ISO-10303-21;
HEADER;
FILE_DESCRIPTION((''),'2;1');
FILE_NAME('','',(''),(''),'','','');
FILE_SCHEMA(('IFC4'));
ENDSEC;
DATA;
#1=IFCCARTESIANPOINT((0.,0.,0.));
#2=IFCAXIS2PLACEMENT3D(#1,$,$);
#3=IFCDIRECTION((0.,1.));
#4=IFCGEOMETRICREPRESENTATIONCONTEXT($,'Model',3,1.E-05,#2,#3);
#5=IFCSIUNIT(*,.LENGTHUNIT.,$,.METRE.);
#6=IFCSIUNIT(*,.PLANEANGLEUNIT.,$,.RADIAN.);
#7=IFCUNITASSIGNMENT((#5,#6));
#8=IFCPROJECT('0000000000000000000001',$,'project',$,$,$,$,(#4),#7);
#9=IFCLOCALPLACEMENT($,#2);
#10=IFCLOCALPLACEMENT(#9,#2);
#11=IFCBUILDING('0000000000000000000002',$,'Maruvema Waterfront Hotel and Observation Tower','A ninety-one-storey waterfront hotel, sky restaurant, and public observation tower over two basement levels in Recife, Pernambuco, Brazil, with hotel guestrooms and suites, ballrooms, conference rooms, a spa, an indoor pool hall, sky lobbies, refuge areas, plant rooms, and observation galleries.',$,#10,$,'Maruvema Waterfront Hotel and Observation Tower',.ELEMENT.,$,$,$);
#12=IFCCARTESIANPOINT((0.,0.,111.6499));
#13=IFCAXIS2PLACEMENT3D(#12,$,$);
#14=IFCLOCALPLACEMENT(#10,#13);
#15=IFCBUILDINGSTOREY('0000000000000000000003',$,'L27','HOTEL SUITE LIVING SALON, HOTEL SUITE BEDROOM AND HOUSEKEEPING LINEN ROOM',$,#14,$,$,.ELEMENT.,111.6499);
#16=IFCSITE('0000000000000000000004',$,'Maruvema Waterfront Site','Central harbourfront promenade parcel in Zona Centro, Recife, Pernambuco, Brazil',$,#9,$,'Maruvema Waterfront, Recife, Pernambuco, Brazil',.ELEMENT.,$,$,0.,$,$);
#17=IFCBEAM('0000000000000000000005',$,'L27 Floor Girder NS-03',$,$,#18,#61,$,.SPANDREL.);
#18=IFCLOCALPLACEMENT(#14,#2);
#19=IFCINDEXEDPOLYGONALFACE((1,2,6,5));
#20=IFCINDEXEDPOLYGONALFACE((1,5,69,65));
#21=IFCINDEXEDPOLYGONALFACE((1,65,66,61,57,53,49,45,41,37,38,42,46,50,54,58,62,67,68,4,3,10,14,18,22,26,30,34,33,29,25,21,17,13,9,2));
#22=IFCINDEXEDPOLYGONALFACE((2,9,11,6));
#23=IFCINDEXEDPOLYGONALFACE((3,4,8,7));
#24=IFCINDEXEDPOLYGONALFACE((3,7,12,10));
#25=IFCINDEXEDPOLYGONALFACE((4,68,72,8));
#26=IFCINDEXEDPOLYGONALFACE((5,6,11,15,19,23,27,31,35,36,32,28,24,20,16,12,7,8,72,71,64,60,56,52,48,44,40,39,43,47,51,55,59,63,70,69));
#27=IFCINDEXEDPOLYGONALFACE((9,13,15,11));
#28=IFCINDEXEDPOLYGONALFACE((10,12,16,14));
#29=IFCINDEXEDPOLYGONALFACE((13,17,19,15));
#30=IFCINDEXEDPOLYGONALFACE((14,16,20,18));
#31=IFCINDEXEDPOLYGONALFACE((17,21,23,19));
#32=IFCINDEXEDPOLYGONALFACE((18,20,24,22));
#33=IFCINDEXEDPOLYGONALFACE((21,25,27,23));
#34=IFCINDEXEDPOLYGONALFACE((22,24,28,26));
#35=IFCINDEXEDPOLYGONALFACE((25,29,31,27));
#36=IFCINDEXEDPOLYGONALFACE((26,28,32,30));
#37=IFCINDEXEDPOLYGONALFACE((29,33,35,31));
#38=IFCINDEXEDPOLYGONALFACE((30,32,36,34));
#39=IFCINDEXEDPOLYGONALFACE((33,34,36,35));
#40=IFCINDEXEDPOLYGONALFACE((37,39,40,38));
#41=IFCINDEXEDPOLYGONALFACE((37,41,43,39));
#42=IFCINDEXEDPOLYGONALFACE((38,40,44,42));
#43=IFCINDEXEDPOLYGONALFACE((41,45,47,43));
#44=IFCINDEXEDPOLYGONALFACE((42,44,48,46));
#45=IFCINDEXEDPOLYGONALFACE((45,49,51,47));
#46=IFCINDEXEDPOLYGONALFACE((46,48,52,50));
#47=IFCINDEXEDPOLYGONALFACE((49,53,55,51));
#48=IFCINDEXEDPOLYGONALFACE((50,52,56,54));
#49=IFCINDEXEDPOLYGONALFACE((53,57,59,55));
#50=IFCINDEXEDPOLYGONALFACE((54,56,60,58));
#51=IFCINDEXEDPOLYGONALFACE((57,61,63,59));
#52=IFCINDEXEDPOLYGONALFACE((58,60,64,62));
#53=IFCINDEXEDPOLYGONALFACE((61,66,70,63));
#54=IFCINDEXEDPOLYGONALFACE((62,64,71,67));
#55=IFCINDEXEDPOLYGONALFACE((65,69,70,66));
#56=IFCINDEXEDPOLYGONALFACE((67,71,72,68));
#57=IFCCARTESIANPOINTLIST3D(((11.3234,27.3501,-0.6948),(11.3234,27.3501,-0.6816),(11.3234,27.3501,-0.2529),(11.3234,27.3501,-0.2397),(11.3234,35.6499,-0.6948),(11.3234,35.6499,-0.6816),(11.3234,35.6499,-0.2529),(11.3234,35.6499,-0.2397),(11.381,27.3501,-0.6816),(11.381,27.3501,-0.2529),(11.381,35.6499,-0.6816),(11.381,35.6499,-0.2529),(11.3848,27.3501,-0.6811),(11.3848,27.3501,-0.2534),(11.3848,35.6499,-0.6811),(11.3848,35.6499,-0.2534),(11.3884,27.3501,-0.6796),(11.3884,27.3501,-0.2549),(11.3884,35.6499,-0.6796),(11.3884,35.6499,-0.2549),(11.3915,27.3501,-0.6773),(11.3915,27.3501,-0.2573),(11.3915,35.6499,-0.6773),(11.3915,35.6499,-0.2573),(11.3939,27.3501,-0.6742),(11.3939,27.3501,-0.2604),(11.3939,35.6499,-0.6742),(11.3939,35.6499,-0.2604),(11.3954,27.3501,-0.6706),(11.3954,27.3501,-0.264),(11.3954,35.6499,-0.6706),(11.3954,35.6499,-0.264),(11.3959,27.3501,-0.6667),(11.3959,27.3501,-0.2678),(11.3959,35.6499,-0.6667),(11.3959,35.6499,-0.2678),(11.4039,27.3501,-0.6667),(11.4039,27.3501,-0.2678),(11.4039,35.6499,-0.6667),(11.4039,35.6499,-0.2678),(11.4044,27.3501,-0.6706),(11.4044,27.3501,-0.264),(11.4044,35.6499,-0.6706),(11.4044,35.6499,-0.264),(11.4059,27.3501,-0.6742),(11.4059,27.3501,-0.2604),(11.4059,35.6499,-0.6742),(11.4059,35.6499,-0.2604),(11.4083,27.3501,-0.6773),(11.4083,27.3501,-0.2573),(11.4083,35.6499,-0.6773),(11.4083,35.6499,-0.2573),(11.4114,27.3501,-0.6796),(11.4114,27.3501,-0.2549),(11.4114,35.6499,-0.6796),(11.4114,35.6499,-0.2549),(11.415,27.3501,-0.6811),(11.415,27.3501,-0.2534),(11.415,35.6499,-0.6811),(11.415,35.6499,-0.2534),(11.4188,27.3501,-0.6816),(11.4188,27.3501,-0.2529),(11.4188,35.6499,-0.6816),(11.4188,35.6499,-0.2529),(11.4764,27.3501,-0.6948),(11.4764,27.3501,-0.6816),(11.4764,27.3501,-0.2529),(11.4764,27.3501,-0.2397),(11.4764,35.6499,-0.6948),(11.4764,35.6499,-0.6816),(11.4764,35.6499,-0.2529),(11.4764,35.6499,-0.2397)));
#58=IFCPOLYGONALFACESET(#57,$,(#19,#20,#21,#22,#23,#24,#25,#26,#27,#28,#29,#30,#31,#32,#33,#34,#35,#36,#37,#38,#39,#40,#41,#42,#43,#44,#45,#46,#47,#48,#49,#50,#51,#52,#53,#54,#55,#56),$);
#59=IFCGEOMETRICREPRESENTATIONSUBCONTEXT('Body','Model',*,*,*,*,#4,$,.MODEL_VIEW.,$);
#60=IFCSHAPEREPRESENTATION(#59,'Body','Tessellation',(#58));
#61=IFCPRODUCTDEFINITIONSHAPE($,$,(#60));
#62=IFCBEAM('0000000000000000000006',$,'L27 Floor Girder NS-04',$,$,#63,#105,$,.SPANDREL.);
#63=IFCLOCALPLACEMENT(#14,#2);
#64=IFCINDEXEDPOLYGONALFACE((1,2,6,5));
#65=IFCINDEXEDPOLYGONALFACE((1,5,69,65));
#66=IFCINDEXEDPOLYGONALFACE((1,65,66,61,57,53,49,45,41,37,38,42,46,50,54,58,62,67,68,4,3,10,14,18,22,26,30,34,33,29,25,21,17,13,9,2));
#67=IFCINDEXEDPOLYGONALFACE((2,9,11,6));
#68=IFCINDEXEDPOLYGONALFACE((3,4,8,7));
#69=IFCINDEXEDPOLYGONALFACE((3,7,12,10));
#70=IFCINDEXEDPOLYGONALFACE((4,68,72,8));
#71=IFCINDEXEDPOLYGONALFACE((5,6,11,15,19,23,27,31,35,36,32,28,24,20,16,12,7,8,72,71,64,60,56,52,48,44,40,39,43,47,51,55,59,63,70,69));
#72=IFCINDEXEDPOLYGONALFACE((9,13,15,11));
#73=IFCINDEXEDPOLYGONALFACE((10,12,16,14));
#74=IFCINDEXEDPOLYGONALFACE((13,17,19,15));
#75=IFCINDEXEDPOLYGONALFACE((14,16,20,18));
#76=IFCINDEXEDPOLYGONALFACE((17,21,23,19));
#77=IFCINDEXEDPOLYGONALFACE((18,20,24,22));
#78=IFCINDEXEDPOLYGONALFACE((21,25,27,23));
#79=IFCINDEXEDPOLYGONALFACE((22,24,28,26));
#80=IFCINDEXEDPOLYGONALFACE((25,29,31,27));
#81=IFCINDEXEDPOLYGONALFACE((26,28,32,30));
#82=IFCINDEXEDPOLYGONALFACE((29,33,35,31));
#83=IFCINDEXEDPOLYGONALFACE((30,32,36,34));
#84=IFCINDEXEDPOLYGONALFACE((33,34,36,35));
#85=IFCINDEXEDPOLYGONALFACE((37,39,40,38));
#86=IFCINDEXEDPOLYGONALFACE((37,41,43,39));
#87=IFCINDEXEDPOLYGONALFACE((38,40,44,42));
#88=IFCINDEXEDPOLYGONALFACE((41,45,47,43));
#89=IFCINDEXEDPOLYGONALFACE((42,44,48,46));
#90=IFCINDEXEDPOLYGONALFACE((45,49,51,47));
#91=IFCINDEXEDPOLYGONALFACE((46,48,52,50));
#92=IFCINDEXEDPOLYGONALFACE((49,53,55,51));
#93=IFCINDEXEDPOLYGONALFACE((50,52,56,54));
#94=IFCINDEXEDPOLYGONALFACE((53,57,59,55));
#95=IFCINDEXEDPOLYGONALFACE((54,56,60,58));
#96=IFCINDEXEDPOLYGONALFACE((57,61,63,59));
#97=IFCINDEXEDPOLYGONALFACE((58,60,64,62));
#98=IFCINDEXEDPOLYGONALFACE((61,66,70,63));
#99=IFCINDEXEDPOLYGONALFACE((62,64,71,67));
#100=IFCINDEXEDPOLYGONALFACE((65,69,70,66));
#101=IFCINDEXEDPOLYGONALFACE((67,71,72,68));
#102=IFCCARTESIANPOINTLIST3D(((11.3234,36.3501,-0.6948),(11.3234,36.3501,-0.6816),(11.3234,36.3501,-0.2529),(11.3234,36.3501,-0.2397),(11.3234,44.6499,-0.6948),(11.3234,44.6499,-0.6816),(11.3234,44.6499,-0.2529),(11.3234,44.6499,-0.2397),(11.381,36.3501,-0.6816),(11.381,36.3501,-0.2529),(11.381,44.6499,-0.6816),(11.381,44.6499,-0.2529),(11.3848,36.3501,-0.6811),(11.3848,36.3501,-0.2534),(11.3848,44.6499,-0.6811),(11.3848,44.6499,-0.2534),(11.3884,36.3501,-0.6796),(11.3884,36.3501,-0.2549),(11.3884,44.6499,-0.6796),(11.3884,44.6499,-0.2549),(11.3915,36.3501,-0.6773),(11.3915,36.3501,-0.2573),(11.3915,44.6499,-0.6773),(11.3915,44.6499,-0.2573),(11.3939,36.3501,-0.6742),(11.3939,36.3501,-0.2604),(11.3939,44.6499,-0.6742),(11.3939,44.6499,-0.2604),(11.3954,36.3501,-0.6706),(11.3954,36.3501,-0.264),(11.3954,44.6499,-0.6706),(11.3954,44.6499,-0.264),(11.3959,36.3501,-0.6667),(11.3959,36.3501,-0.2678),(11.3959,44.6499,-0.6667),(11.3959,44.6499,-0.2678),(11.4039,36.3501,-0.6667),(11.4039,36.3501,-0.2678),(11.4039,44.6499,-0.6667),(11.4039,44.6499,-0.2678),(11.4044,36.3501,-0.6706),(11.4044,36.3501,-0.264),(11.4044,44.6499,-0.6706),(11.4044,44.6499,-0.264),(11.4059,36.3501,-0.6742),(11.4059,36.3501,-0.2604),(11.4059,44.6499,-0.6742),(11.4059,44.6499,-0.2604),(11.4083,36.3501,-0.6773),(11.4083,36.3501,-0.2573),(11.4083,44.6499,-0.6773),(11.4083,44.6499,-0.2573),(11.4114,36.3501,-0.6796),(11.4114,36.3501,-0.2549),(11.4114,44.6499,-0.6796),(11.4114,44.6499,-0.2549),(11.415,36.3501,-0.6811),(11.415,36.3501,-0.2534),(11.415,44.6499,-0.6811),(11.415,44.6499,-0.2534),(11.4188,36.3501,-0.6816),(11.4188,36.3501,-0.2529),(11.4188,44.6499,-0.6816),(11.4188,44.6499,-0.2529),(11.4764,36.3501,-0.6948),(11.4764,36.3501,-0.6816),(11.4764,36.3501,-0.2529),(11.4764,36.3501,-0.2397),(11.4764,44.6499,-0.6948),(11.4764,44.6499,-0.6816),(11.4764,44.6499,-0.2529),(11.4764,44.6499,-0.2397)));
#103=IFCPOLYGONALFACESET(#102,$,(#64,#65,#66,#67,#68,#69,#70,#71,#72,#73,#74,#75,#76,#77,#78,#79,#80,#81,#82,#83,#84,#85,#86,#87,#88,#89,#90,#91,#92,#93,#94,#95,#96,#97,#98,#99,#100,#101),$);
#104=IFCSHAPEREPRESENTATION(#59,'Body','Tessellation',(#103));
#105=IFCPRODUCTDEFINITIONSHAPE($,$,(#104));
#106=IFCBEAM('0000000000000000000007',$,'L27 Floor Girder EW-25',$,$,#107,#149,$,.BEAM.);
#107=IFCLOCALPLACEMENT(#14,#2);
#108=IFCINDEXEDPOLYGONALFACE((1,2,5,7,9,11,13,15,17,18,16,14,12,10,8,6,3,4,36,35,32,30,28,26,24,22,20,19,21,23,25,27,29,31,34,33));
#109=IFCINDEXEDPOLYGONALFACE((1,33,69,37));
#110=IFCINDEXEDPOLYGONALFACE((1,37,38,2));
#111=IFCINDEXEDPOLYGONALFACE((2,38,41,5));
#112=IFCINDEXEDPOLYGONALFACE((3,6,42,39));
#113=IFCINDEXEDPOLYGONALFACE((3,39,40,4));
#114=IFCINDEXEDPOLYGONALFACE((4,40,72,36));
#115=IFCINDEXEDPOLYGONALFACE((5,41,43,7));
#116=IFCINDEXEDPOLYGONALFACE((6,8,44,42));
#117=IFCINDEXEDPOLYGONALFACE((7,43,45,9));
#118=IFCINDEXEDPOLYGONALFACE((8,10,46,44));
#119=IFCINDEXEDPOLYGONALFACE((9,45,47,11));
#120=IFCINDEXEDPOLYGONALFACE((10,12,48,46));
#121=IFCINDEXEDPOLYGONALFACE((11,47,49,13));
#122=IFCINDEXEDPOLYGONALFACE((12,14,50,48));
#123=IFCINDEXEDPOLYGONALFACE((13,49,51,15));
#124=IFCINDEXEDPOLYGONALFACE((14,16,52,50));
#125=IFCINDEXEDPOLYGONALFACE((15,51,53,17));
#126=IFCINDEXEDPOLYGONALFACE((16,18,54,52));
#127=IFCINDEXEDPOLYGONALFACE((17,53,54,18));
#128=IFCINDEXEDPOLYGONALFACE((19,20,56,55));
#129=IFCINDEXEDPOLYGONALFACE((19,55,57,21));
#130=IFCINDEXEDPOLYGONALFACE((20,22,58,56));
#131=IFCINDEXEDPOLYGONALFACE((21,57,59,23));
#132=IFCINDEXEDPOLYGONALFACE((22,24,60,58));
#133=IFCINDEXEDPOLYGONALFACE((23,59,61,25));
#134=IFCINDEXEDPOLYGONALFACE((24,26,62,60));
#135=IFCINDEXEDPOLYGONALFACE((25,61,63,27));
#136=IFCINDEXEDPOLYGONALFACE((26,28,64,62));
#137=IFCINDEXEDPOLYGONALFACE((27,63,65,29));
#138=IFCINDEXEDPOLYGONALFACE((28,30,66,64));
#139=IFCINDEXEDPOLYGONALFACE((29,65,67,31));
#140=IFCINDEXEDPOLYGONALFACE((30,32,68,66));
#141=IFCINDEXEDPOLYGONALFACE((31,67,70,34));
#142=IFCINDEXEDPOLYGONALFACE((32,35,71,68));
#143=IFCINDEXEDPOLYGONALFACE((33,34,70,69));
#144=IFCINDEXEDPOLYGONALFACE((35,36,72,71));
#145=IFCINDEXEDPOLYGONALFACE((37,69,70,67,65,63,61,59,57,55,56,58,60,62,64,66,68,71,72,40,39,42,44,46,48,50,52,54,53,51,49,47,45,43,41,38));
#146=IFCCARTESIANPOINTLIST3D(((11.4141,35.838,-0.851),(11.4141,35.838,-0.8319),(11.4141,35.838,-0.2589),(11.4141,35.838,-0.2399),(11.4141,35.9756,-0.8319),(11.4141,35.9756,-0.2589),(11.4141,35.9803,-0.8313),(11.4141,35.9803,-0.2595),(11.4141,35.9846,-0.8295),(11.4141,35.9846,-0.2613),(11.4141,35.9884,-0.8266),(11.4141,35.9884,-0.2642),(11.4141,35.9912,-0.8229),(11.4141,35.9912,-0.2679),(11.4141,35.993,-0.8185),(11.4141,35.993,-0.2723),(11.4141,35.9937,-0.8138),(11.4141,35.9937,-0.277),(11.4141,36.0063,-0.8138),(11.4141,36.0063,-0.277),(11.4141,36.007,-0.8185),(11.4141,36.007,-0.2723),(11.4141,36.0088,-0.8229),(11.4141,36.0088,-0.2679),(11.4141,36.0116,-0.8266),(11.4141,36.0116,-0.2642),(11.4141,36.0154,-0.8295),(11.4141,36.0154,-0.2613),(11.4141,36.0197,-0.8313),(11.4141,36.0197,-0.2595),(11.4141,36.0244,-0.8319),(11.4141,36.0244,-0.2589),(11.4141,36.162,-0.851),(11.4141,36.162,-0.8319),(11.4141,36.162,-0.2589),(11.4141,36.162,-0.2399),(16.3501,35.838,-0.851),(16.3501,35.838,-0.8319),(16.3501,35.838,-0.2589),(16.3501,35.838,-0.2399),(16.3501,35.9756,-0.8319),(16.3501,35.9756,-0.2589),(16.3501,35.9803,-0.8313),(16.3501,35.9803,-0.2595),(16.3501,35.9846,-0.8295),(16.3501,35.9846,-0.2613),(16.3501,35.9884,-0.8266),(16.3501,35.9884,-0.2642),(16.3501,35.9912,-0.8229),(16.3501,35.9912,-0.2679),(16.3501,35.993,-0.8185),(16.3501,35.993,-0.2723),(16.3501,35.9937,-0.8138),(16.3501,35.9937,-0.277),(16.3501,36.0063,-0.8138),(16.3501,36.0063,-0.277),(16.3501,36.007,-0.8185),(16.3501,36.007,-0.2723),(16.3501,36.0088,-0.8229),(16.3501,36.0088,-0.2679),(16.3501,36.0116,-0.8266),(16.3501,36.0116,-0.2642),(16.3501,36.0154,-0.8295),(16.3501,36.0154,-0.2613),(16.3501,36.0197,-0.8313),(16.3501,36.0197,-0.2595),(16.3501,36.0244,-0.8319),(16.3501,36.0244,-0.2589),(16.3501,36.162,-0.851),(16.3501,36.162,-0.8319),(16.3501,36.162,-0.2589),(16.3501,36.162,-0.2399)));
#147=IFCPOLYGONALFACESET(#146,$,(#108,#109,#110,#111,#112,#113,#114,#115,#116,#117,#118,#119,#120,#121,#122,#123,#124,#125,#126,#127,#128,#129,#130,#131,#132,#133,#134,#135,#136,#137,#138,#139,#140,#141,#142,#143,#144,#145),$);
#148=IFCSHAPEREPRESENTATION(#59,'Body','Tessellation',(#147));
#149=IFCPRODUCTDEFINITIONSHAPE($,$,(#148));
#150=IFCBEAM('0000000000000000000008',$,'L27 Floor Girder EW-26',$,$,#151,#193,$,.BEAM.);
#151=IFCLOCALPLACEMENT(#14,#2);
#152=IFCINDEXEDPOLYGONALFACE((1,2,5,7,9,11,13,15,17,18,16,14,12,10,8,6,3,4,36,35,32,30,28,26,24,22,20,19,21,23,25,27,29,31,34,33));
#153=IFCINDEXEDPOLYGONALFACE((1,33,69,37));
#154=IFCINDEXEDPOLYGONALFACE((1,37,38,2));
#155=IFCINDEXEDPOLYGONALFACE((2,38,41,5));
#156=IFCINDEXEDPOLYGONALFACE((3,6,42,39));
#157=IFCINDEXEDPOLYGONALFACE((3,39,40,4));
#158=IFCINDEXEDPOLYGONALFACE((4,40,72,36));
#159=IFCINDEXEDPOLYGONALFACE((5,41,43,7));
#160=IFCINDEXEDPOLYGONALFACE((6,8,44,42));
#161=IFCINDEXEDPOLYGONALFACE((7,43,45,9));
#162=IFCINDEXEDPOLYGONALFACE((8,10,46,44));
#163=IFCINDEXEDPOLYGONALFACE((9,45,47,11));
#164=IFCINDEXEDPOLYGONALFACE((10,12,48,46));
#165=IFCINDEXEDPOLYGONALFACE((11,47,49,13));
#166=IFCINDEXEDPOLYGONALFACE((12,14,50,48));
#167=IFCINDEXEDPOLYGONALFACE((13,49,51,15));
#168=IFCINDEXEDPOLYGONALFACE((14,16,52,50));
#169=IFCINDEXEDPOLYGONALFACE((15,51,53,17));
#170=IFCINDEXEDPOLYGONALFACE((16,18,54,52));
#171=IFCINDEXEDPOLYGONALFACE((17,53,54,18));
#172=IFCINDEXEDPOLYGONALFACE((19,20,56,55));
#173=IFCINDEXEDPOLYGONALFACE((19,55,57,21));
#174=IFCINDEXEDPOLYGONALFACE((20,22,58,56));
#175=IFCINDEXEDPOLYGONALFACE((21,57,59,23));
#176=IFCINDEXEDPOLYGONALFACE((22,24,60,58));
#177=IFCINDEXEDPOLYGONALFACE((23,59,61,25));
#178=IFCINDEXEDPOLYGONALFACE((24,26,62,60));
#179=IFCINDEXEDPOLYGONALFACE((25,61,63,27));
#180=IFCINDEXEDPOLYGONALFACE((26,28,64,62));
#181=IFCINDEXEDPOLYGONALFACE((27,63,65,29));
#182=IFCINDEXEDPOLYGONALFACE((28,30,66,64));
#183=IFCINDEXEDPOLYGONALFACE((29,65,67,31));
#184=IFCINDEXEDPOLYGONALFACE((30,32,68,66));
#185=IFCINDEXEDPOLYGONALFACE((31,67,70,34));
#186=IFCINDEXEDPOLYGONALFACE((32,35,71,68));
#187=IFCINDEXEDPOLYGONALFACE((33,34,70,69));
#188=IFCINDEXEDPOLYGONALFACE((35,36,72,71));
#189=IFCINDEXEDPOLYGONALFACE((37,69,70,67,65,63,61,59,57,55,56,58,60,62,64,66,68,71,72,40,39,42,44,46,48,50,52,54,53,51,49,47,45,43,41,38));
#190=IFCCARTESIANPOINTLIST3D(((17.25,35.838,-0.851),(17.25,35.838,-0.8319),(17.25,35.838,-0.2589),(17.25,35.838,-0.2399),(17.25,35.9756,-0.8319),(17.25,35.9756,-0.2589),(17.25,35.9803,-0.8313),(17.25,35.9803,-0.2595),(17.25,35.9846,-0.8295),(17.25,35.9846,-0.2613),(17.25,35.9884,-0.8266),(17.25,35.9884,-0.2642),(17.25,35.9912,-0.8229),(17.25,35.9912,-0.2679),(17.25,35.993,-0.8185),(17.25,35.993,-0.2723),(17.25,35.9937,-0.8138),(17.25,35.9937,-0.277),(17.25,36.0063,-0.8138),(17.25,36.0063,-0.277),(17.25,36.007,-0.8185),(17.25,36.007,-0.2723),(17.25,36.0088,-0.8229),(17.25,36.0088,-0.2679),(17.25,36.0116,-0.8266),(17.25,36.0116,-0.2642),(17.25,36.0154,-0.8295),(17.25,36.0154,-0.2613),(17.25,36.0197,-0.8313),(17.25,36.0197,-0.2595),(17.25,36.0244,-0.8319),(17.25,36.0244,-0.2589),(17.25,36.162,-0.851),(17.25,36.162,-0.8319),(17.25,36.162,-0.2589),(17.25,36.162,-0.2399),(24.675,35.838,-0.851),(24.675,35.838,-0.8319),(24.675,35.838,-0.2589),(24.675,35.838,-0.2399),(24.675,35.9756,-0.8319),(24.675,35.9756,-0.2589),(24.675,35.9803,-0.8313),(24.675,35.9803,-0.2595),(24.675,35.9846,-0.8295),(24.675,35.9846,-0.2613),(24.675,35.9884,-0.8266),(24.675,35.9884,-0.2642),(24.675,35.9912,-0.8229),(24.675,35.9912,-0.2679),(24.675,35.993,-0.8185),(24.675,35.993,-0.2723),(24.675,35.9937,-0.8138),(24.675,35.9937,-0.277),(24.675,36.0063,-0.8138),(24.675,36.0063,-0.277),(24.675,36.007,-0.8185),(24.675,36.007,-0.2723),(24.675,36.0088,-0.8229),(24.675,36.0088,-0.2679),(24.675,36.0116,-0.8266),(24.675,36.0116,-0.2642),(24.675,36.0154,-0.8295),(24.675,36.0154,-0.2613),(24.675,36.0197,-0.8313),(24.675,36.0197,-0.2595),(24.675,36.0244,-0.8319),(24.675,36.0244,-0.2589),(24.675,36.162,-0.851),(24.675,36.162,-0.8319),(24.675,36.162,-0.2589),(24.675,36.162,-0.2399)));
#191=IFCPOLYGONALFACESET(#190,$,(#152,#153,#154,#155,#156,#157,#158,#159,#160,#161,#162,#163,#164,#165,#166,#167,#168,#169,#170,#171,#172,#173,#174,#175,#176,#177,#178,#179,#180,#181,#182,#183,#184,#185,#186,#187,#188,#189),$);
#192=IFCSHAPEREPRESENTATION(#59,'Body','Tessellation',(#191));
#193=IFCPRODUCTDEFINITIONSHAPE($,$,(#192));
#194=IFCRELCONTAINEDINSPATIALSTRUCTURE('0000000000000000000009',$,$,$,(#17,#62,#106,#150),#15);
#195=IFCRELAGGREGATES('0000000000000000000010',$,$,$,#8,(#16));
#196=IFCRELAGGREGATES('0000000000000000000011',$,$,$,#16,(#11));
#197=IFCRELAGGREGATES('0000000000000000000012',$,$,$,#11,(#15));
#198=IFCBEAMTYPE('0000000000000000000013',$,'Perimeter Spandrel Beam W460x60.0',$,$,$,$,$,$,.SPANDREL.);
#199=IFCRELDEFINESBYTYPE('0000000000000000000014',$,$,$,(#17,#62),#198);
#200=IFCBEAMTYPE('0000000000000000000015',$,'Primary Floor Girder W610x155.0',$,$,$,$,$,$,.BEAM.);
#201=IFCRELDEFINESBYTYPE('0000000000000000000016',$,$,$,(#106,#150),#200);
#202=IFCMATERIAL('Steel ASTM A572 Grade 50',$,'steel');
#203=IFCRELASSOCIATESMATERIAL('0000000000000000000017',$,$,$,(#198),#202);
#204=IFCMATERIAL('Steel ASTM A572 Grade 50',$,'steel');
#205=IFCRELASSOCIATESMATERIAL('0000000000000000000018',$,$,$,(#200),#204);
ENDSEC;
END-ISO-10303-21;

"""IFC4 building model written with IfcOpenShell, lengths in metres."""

from ifc_helpers import new_model, si_unit, direction, frame, origin, origin_2d, place, context, subcontext, project, spatial, i_section, extrude, material, material_profile, profile_set, type_object, element, save


model = new_model("IFC4")

# Units and contexts
model_context = context("Model", 3, precision=1e-05, world=origin(), true_north=direction((0.0, 1.0)))
body_context = subcontext(model_context, "Body", "Model", "MODEL_VIEW")
ifc_project = project(units=[si_unit("LENGTHUNIT", "METRE"), si_unit("PLANEANGLEUNIT", "RADIAN")], contexts=[model_context])

# Site, building, storey
site_placement = place(None, origin())
site = spatial("IfcSite", under=ifc_project, at=site_placement, Name="Maruvema Waterfront Site", Description="Central harbourfront promenade parcel in Zona Centro, Recife, Pernambuco, Brazil", LongName="Maruvema Waterfront, Recife, Pernambuco, Brazil", CompositionType="ELEMENT", RefElevation=0.0)
building_placement = place(site_placement, origin())
building = spatial("IfcBuilding", under=site, at=building_placement, Name="Maruvema Waterfront Hotel and Observation Tower", Description="A ninety-one-storey waterfront hotel, sky restaurant, and public observation tower over two basement levels in Recife, Pernambuco, Brazil, with hotel guestrooms and suites, ballrooms, conference rooms, a spa, an indoor pool hall, sky lobbies, refuge areas, plant rooms, and observation galleries.", LongName="Maruvema Waterfront Hotel and Observation Tower", CompositionType="ELEMENT")
storey_placement = place(building_placement, frame((0.0, 0.0, 111.6499)))
storey = spatial("IfcBuildingStorey", under=building, at=storey_placement, Name="L27", Description="HOTEL SUITE LIVING SALON, HOTEL SUITE BEDROOM AND HOUSEKEEPING LINEN ROOM", CompositionType="ELEMENT", Elevation=111.6499)

# Beams
ifc_material_1 = material(Name="Steel ASTM A572 Grade 50", Category="steel")
ifc_material_profile_1 = material_profile(ifc_material_1, i_section(OverallWidth=0.1531, OverallDepth=0.4551, WebThickness=0.0081, FlangeThickness=0.0132, FilletRadius=0.0149, at=origin_2d()), Name="W460x60.0")
ifc_profile_set_1 = profile_set([ifc_material_profile_1], Name="Steel ASTM A572 Grade 50")
beam_type_1 = type_object("IfcBeamType", Name="Perimeter Spandrel Beam W460x60.0", PredefinedType="SPANDREL", material=ifc_profile_set_1)
for number, where, z_axis, x_axis, name in (
    (1, (11.3999, 27.3501, -0.4673), (0.0, 1.0, 0.0), (-1.0, 0.0, 0.0), "L27 Floor Girder NS-03"),
    (2, (11.3999, 36.3501, -0.4673), (0.0, 1.0, 0.0), (-1.0, 0.0, 0.0), "L27 Floor Girder NS-04"),
):
    element("IfcBeam", number, at=place(storey_placement, frame(where, z_axis=z_axis, x_axis=x_axis)), inside=storey, type_object=beam_type_1, Name=name, PredefinedType="SPANDREL", context=body_context, shape_type="SweptSolid", body=[
        extrude(i_section(OverallWidth=0.1531, OverallDepth=0.4551, WebThickness=0.0081, FlangeThickness=0.0132, FilletRadius=0.0149, at=origin_2d()), origin(), (0.0, 0.0, 1.0), 8.2998),
    ])
ifc_material_2 = material(Name="Steel ASTM A572 Grade 50", Category="steel")
ifc_material_profile_2 = material_profile(ifc_material_2, i_section(OverallWidth=0.324, OverallDepth=0.6111, WebThickness=0.0127, FlangeThickness=0.019, FilletRadius=0.0181, at=origin_2d()), Name="W610x155.0")
ifc_profile_set_2 = profile_set([ifc_material_profile_2], Name="Steel ASTM A572 Grade 50")
beam_type_2 = type_object("IfcBeamType", Name="Primary Floor Girder W610x155.0", PredefinedType="BEAM", material=ifc_profile_set_2)
beam_1_placement = place(storey_placement, frame((11.4141, 36.0, -0.5454), z_axis=(1.0, 0.0, 0.0), x_axis=(0.0, 1.0, 0.0)))
element("IfcBeam", 3, at=beam_1_placement, inside=storey, type_object=beam_type_2, Name="L27 Floor Girder EW-25", PredefinedType="BEAM", context=body_context, shape_type="SweptSolid", body=[
    extrude(i_section(OverallWidth=0.324, OverallDepth=0.6111, WebThickness=0.0127, FlangeThickness=0.019, FilletRadius=0.0181, at=origin_2d()), origin(), (0.0, 0.0, 1.0), 4.936),
])
beam_2_placement = place(storey_placement, frame((17.25, 36.0, -0.5454), z_axis=(1.0, 0.0, 0.0), x_axis=(0.0, 1.0, 0.0)))
element("IfcBeam", 4, at=beam_2_placement, inside=storey, type_object=beam_type_2, Name="L27 Floor Girder EW-26", PredefinedType="BEAM", context=body_context, shape_type="SweptSolid", body=[
    extrude(i_section(OverallWidth=0.324, OverallDepth=0.6111, WebThickness=0.0127, FlangeThickness=0.019, FilletRadius=0.0181, at=origin_2d()), origin(), (0.0, 0.0, 1.0), 7.425),
])

save(model, "model.ifc")
